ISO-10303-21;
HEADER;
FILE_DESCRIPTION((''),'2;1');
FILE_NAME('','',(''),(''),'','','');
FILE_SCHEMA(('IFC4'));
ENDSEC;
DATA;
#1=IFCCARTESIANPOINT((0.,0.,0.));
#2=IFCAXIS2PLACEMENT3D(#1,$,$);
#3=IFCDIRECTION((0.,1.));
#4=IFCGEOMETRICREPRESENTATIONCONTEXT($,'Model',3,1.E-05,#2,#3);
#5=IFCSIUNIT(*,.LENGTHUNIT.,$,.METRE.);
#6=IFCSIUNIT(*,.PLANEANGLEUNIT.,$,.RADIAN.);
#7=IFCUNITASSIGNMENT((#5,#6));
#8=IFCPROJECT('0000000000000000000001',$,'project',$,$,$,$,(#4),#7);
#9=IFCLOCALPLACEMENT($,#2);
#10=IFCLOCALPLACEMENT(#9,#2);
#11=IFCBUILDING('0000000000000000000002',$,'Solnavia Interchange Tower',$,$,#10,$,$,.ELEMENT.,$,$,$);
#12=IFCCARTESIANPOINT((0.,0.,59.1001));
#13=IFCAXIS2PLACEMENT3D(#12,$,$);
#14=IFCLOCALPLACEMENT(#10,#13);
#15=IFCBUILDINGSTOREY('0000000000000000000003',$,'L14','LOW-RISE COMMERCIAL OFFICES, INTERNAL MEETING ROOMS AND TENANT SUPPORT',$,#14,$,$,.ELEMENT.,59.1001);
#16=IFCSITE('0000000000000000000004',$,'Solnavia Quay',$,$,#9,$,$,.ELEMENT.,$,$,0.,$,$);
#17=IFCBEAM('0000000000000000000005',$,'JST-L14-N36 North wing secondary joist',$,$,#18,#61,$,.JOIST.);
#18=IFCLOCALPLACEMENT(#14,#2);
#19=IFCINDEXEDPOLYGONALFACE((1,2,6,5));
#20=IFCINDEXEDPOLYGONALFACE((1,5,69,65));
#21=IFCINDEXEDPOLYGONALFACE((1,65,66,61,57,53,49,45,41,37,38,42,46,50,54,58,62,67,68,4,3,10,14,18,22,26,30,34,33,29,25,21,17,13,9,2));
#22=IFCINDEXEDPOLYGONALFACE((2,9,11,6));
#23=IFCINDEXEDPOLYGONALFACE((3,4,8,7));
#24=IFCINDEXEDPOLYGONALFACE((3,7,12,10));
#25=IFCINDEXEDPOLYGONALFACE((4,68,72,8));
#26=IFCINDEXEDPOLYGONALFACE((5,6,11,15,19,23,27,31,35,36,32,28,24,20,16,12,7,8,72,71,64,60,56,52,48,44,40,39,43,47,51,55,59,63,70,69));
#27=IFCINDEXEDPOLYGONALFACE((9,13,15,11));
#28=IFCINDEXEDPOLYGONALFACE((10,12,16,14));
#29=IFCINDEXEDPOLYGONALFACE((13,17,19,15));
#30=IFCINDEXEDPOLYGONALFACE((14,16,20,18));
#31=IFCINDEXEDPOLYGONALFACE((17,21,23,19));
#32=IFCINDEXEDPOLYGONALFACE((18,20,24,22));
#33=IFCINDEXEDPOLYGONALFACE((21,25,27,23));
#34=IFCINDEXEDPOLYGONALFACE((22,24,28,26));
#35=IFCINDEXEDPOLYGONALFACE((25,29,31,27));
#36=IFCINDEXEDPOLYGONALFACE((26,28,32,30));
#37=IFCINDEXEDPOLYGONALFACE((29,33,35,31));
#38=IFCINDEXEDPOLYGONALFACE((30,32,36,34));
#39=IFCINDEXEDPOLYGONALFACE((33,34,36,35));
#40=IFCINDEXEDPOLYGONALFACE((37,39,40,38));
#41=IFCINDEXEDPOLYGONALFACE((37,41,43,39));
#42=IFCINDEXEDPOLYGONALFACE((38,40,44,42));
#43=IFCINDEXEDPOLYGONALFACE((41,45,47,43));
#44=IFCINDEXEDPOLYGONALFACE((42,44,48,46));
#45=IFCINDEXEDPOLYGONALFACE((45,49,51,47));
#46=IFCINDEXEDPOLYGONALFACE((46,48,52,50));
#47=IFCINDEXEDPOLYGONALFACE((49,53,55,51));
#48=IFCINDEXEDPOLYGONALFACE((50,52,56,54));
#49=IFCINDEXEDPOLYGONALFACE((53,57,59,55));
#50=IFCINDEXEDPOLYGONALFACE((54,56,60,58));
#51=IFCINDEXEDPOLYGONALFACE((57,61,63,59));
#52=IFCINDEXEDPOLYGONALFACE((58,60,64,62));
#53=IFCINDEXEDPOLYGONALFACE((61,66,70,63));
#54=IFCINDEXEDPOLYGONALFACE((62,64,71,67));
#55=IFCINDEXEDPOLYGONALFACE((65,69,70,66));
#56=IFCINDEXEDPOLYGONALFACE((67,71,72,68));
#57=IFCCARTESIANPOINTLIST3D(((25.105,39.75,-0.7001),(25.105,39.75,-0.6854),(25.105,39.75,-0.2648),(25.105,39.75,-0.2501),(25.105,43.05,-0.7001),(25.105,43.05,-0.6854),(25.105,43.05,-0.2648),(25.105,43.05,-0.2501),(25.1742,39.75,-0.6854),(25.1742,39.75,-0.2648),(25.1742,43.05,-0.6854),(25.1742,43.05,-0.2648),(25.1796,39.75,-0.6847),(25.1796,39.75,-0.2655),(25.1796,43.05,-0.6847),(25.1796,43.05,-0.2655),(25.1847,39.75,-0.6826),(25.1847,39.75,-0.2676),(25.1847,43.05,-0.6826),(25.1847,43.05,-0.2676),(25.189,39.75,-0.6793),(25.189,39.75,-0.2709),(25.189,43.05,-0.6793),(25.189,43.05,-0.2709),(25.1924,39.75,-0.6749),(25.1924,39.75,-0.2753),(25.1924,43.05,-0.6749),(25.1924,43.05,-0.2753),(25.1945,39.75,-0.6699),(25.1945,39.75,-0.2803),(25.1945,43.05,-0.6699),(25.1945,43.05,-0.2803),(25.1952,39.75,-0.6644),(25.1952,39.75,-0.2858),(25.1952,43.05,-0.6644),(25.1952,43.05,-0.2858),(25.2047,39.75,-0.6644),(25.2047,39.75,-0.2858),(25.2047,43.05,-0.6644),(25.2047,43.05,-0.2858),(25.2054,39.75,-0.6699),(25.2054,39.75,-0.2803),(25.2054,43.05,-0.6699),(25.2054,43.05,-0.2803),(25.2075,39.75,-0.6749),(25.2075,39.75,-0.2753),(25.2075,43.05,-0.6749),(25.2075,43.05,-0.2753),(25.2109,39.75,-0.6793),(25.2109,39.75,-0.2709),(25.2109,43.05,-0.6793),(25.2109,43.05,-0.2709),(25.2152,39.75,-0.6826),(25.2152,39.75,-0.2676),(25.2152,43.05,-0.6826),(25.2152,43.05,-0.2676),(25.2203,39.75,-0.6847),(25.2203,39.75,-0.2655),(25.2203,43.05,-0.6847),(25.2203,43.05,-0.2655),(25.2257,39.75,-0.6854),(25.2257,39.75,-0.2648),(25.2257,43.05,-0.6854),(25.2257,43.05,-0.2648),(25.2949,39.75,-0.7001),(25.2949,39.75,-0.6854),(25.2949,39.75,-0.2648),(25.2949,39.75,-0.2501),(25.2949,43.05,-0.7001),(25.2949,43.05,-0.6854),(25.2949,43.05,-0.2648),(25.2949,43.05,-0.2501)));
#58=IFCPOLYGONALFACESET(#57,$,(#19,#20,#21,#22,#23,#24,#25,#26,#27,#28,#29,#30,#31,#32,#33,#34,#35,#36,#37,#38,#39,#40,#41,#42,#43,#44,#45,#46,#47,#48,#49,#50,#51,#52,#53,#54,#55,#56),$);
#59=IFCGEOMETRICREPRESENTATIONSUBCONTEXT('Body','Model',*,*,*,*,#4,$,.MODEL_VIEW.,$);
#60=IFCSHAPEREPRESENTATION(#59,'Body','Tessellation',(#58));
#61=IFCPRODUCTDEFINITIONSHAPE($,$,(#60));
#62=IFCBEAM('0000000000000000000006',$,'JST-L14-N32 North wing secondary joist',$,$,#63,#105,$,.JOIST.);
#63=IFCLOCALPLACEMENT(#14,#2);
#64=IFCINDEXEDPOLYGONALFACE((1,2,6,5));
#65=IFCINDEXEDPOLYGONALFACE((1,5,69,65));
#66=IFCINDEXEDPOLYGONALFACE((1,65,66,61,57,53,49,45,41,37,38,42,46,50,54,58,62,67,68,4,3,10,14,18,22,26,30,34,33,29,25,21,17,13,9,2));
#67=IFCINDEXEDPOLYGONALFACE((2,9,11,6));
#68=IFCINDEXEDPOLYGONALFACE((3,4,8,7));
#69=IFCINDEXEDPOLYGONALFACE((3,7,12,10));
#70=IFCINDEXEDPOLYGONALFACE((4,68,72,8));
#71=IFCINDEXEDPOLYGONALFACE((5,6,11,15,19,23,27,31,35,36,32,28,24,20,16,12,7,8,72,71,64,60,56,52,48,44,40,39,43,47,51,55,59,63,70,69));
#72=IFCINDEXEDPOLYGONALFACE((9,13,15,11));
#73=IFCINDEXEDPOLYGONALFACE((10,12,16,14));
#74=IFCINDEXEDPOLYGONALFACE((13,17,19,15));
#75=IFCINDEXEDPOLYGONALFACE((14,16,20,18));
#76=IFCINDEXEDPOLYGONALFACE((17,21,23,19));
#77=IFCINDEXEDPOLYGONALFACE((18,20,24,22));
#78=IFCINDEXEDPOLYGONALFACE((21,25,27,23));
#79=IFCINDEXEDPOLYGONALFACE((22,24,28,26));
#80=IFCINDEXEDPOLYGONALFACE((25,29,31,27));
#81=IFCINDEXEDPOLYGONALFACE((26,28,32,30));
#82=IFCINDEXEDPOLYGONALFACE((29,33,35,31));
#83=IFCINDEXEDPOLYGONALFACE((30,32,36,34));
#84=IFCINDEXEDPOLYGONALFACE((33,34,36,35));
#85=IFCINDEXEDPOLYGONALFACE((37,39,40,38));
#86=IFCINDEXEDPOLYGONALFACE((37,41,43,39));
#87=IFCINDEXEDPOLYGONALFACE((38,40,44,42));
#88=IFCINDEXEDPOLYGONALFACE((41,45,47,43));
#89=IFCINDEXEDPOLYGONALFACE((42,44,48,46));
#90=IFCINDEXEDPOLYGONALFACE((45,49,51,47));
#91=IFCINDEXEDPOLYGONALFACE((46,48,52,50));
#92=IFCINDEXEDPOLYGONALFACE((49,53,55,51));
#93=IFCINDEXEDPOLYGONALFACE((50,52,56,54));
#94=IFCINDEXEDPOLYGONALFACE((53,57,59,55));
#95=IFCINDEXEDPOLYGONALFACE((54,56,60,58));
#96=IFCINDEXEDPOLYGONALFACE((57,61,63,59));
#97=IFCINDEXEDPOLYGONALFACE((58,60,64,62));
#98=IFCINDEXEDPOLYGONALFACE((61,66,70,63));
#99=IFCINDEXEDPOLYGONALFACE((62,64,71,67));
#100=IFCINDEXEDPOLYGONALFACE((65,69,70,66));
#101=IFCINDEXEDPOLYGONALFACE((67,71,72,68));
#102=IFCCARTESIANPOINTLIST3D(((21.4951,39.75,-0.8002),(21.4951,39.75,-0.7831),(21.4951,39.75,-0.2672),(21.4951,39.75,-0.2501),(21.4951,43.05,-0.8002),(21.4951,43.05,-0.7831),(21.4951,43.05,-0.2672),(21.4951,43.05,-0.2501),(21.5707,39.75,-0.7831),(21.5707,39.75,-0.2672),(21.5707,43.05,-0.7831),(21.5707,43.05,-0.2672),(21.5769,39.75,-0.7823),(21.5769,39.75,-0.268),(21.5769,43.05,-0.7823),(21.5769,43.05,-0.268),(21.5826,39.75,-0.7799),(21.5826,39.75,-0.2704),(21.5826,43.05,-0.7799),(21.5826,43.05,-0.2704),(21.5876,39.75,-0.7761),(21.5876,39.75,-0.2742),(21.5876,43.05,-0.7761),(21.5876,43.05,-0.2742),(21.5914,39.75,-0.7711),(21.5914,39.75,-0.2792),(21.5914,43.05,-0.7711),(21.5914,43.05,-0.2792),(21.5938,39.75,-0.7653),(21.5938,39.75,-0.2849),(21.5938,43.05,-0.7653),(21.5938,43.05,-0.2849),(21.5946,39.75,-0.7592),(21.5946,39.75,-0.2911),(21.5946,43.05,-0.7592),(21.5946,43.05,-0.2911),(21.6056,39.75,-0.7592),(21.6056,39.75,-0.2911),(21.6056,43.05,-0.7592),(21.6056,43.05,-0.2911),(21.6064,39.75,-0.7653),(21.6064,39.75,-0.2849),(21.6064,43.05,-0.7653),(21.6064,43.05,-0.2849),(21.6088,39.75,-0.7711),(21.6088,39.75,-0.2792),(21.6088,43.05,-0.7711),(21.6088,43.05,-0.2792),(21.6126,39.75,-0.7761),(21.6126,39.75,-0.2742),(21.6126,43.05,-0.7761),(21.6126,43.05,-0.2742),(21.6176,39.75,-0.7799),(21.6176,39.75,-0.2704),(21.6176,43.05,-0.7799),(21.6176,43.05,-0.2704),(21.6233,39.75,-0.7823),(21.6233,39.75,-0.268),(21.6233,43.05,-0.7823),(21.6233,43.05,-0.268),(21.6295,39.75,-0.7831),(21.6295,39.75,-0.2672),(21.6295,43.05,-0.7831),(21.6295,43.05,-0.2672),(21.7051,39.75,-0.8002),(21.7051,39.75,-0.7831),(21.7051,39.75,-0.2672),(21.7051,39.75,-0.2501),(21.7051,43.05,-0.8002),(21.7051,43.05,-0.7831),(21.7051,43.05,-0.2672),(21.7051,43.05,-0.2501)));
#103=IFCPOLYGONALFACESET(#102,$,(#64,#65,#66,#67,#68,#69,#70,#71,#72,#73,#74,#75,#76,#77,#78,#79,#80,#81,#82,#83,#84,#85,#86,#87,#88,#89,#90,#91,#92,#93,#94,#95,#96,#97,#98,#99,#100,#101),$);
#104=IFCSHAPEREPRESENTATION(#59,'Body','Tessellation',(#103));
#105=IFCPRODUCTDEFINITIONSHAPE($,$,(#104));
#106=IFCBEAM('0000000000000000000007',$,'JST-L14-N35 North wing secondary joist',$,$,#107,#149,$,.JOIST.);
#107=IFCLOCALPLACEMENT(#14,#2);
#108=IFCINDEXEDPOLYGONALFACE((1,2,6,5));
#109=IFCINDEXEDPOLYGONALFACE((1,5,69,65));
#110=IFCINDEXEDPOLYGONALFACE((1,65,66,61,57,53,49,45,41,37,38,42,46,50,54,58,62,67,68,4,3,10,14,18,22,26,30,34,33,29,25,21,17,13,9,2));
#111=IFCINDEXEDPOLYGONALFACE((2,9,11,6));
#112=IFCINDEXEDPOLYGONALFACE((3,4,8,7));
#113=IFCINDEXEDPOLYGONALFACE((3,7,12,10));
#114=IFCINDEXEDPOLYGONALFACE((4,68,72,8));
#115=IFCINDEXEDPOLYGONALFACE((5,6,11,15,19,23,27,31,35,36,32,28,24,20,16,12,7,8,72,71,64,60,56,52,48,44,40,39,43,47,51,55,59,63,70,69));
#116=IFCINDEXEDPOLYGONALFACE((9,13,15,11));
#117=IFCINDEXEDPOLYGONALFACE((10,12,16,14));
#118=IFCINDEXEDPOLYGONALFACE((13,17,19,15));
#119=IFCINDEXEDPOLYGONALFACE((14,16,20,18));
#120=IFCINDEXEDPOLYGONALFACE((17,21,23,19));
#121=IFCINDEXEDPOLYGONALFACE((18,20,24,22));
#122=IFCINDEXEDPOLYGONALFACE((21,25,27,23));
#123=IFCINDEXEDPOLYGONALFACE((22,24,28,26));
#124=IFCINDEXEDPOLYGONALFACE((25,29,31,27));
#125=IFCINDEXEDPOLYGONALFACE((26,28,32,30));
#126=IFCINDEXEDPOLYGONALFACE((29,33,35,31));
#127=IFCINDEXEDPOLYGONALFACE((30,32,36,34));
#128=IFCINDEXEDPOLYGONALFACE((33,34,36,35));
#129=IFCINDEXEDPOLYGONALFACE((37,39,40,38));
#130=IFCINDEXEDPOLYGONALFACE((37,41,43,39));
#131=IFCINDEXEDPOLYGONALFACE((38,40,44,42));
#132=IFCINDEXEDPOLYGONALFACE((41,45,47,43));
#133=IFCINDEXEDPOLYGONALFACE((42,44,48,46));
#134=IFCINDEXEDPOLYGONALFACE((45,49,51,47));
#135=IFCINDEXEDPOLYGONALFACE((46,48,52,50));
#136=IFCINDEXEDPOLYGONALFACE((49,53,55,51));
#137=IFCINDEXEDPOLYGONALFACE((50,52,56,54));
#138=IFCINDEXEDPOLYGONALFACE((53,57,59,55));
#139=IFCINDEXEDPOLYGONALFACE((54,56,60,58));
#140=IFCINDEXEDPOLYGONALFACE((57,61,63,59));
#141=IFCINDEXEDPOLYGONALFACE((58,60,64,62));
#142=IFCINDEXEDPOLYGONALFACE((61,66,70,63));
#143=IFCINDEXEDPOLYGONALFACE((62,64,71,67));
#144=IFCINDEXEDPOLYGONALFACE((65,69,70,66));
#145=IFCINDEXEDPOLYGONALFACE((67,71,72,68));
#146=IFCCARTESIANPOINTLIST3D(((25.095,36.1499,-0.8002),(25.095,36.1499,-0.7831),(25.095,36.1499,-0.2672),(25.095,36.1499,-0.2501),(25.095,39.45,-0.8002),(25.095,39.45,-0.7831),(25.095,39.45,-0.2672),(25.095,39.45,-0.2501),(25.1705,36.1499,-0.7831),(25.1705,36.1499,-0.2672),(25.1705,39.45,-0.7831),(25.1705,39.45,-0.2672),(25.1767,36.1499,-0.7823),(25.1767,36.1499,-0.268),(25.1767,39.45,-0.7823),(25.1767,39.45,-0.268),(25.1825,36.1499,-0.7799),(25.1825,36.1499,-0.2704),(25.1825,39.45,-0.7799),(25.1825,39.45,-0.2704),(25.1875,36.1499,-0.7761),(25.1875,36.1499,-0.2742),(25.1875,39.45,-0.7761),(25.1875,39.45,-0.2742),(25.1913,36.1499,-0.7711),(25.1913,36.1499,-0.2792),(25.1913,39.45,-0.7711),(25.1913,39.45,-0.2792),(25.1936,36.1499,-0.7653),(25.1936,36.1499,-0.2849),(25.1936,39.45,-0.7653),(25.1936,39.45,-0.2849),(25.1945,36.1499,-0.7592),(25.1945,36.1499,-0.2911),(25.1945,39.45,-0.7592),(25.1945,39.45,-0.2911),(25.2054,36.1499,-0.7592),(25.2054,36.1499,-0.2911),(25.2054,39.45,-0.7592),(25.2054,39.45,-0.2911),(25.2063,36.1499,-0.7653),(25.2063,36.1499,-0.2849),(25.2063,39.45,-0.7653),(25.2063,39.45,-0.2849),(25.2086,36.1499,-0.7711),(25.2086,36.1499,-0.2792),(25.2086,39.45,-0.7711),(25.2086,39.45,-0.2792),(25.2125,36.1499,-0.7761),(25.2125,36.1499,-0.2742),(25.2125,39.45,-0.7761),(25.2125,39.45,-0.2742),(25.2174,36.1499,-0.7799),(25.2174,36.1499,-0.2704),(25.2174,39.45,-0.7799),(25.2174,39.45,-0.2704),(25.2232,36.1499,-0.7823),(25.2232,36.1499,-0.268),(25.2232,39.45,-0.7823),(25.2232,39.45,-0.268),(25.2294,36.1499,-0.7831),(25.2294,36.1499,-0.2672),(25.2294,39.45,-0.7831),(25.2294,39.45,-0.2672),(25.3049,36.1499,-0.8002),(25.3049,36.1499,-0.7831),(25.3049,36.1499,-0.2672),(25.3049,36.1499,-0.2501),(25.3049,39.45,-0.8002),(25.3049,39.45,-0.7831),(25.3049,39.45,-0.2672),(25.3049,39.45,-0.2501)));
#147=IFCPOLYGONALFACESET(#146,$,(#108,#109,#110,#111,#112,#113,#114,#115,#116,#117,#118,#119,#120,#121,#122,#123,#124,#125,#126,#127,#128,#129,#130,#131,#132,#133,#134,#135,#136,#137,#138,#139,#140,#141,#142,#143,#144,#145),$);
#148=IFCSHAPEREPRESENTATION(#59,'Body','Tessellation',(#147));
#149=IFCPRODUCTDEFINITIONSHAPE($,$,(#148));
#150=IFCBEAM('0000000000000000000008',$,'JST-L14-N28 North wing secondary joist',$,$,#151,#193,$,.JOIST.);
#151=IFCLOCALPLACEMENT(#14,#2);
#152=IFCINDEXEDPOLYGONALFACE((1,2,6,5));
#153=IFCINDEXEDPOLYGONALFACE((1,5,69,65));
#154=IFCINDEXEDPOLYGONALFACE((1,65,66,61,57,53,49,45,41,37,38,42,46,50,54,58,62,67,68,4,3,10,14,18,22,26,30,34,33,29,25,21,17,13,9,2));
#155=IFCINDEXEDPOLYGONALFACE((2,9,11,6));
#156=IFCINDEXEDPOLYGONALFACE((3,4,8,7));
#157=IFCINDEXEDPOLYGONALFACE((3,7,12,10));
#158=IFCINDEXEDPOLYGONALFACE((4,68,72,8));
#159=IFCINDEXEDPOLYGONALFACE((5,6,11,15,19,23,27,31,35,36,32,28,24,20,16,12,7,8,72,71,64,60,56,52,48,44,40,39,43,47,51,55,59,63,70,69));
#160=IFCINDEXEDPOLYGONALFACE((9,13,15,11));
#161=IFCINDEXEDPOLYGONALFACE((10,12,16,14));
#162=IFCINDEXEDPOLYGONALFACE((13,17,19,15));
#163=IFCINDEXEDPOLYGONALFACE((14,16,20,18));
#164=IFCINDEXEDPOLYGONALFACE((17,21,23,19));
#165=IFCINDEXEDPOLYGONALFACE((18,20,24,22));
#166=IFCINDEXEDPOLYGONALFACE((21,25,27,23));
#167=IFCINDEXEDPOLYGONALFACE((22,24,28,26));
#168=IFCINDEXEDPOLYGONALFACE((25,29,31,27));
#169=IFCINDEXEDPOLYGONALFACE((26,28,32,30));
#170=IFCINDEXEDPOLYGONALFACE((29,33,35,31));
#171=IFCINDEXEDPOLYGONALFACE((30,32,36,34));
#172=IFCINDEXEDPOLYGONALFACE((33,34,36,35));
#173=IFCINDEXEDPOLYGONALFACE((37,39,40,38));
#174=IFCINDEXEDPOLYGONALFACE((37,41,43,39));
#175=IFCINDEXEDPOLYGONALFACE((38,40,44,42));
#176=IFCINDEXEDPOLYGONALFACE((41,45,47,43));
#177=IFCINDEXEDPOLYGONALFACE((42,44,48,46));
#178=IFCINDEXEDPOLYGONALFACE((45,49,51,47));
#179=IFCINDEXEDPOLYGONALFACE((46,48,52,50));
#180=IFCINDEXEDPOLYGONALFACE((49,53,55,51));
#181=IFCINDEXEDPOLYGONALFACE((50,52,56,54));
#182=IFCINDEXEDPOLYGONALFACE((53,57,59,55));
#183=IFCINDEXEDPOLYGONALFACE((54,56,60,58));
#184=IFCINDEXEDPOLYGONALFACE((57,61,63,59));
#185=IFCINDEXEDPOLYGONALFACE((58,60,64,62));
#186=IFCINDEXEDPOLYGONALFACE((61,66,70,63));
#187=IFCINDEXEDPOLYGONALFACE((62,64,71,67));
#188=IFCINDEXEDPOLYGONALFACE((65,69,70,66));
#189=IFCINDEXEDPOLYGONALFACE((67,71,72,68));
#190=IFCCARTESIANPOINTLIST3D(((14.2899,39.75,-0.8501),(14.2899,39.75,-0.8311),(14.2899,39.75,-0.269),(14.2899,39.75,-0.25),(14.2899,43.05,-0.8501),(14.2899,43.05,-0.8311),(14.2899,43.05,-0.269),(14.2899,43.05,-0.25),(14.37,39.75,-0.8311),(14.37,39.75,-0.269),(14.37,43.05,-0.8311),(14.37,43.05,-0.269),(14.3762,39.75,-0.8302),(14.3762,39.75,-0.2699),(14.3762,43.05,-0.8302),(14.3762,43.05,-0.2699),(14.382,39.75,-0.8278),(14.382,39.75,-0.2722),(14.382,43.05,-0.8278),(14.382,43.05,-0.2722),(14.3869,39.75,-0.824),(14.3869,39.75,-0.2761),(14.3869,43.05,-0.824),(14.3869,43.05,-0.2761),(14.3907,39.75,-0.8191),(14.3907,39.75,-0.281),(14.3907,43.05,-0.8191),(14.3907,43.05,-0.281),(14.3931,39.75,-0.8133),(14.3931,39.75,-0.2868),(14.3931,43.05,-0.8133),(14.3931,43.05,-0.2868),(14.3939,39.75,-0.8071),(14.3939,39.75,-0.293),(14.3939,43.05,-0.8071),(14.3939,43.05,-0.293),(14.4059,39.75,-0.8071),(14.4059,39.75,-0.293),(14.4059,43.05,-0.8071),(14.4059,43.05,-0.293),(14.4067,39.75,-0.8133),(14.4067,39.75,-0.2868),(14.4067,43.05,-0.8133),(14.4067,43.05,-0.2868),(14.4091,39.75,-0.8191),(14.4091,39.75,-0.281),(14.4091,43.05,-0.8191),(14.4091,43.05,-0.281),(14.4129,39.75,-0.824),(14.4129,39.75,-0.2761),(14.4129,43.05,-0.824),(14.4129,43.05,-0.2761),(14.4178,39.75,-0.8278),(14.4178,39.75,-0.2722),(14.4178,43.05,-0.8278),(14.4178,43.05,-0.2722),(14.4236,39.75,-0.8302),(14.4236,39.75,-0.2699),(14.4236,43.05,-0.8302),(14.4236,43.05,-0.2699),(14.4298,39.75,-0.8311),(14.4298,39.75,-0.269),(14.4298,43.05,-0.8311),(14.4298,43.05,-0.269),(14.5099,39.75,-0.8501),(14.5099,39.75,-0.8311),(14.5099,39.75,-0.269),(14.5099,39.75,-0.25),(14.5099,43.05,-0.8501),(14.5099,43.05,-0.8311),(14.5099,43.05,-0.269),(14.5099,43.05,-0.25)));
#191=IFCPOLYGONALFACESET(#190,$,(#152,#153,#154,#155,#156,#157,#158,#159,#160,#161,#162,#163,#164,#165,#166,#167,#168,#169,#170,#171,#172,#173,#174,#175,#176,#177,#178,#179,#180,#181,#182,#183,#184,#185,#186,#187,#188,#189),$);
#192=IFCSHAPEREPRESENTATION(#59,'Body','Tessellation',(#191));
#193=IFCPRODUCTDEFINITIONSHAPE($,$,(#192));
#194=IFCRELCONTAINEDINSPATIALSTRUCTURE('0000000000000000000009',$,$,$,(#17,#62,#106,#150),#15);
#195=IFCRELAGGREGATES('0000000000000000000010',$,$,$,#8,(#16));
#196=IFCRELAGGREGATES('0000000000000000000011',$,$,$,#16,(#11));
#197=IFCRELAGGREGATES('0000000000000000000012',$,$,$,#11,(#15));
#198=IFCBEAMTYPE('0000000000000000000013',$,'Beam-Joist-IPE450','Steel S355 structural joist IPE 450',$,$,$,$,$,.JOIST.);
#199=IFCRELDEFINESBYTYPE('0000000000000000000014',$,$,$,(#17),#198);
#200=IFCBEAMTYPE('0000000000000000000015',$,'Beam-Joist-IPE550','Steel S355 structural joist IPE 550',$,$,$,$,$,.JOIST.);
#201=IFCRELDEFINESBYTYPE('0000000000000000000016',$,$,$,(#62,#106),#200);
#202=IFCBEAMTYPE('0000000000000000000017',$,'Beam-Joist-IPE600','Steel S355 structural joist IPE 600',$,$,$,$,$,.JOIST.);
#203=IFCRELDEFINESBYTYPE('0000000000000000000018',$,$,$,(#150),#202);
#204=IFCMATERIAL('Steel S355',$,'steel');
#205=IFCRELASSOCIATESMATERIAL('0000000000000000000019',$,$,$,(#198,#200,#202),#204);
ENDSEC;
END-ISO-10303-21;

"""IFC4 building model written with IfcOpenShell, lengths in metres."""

from ifc_helpers import new_model, si_unit, direction, frame, origin, origin_2d, place, context, subcontext, project, spatial, i_section, extrude, material, material_profile, profile_set, type_object, element, save


model = new_model("IFC4")

# Units and contexts
model_context = context("Model", 3, precision=1e-05, world=origin(), true_north=direction((0.0, 1.0)))
body_context = subcontext(model_context, "Body", "Model", "MODEL_VIEW")
ifc_project = project(units=[si_unit("LENGTHUNIT", "METRE"), si_unit("PLANEANGLEUNIT", "RADIAN")], contexts=[model_context])

# Site, building, storey
site_placement = place(None, origin())
site = spatial("IfcSite", under=ifc_project, at=site_placement, Name="Solnavia Quay", CompositionType="ELEMENT", RefElevation=0.0)
building_placement = place(site_placement, origin())
building = spatial("IfcBuilding", under=site, at=building_placement, Name="Solnavia Interchange Tower", CompositionType="ELEMENT")
storey_placement = place(building_placement, frame((0.0, 0.0, 59.1001)))
storey = spatial("IfcBuildingStorey", under=building, at=storey_placement, Name="L14", Description="LOW-RISE COMMERCIAL OFFICES, INTERNAL MEETING ROOMS AND TENANT SUPPORT", CompositionType="ELEMENT", Elevation=59.1001)

# Shared definitions
ifc_material_1 = material(Name="Steel S355", Category="steel")

# Beams
ifc_material_profile_1 = material_profile(ifc_material_1, i_section(OverallWidth=0.1899, OverallDepth=0.45, WebThickness=0.0095, FlangeThickness=0.0146, FilletRadius=0.021, at=origin_2d()), Name="IPE 450")
ifc_profile_set_1 = profile_set([ifc_material_profile_1], Name="Steel S355")
beam_type_1 = type_object("IfcBeamType", Name="Beam-Joist-IPE450", Description="Steel S355 structural joist IPE 450", PredefinedType="JOIST", material=ifc_profile_set_1)
beam_1_placement = place(storey_placement, frame((25.2, 39.75, -0.4751), z_axis=(0.0, 1.0, 0.0), x_axis=(-1.0, 0.0, 0.0)))
element("IfcBeam", 1, at=beam_1_placement, inside=storey, type_object=beam_type_1, Name="JST-L14-N36 North wing secondary joist", PredefinedType="JOIST", context=body_context, shape_type="SweptSolid", body=[
    extrude(i_section(OverallWidth=0.1899, OverallDepth=0.45, WebThickness=0.0095, FlangeThickness=0.0146, FilletRadius=0.021, at=origin_2d()), origin(), (0.0, 0.0, 1.0), 3.3),
])
ifc_material_profile_2 = material_profile(ifc_material_1, i_section(OverallWidth=0.21, OverallDepth=0.55, WebThickness=0.011, FlangeThickness=0.0171, FilletRadius=0.0239, at=origin_2d()), Name="IPE 550")
ifc_profile_set_2 = profile_set([ifc_material_profile_2], Name="Steel S355")
beam_type_2 = type_object("IfcBeamType", Name="Beam-Joist-IPE550", Description="Steel S355 structural joist IPE 550", PredefinedType="JOIST", material=ifc_profile_set_2)
for number, where, z_axis, x_axis, name in (
    (2, (21.6001, 39.75, -0.5251), (0.0, 1.0, 0.0), (-1.0, 0.0, 0.0), "JST-L14-N32 North wing secondary joist"),
    (3, (25.2, 36.1499, -0.5251), (0.0, 1.0, 0.0), (-1.0, 0.0, 0.0), "JST-L14-N35 North wing secondary joist"),
):
    element("IfcBeam", number, at=place(storey_placement, frame(where, z_axis=z_axis, x_axis=x_axis)), inside=storey, type_object=beam_type_2, Name=name, PredefinedType="JOIST", context=body_context, shape_type="SweptSolid", body=[
        extrude(i_section(OverallWidth=0.21, OverallDepth=0.55, WebThickness=0.011, FlangeThickness=0.0171, FilletRadius=0.0239, at=origin_2d()), origin(), (0.0, 0.0, 1.0), 3.3),
    ])
ifc_material_profile_3 = material_profile(ifc_material_1, i_section(OverallWidth=0.22, OverallDepth=0.6001, WebThickness=0.012, FlangeThickness=0.019, FilletRadius=0.0239, at=origin_2d()), Name="IPE 600")
ifc_profile_set_3 = profile_set([ifc_material_profile_3], Name="Steel S355")
beam_type_3 = type_object("IfcBeamType", Name="Beam-Joist-IPE600", Description="Steel S355 structural joist IPE 600", PredefinedType="JOIST", material=ifc_profile_set_3)
beam_2_placement = place(storey_placement, frame((14.3999, 39.75, -0.55), z_axis=(0.0, 1.0, 0.0), x_axis=(-1.0, 0.0, 0.0)))
element("IfcBeam", 4, at=beam_2_placement, inside=storey, type_object=beam_type_3, Name="JST-L14-N28 North wing secondary joist", PredefinedType="JOIST", context=body_context, shape_type="SweptSolid", body=[
    extrude(i_section(OverallWidth=0.22, OverallDepth=0.6001, WebThickness=0.012, FlangeThickness=0.019, FilletRadius=0.0239, at=origin_2d()), origin(), (0.0, 0.0, 1.0), 3.3),
])

save(model, "model.ifc")
